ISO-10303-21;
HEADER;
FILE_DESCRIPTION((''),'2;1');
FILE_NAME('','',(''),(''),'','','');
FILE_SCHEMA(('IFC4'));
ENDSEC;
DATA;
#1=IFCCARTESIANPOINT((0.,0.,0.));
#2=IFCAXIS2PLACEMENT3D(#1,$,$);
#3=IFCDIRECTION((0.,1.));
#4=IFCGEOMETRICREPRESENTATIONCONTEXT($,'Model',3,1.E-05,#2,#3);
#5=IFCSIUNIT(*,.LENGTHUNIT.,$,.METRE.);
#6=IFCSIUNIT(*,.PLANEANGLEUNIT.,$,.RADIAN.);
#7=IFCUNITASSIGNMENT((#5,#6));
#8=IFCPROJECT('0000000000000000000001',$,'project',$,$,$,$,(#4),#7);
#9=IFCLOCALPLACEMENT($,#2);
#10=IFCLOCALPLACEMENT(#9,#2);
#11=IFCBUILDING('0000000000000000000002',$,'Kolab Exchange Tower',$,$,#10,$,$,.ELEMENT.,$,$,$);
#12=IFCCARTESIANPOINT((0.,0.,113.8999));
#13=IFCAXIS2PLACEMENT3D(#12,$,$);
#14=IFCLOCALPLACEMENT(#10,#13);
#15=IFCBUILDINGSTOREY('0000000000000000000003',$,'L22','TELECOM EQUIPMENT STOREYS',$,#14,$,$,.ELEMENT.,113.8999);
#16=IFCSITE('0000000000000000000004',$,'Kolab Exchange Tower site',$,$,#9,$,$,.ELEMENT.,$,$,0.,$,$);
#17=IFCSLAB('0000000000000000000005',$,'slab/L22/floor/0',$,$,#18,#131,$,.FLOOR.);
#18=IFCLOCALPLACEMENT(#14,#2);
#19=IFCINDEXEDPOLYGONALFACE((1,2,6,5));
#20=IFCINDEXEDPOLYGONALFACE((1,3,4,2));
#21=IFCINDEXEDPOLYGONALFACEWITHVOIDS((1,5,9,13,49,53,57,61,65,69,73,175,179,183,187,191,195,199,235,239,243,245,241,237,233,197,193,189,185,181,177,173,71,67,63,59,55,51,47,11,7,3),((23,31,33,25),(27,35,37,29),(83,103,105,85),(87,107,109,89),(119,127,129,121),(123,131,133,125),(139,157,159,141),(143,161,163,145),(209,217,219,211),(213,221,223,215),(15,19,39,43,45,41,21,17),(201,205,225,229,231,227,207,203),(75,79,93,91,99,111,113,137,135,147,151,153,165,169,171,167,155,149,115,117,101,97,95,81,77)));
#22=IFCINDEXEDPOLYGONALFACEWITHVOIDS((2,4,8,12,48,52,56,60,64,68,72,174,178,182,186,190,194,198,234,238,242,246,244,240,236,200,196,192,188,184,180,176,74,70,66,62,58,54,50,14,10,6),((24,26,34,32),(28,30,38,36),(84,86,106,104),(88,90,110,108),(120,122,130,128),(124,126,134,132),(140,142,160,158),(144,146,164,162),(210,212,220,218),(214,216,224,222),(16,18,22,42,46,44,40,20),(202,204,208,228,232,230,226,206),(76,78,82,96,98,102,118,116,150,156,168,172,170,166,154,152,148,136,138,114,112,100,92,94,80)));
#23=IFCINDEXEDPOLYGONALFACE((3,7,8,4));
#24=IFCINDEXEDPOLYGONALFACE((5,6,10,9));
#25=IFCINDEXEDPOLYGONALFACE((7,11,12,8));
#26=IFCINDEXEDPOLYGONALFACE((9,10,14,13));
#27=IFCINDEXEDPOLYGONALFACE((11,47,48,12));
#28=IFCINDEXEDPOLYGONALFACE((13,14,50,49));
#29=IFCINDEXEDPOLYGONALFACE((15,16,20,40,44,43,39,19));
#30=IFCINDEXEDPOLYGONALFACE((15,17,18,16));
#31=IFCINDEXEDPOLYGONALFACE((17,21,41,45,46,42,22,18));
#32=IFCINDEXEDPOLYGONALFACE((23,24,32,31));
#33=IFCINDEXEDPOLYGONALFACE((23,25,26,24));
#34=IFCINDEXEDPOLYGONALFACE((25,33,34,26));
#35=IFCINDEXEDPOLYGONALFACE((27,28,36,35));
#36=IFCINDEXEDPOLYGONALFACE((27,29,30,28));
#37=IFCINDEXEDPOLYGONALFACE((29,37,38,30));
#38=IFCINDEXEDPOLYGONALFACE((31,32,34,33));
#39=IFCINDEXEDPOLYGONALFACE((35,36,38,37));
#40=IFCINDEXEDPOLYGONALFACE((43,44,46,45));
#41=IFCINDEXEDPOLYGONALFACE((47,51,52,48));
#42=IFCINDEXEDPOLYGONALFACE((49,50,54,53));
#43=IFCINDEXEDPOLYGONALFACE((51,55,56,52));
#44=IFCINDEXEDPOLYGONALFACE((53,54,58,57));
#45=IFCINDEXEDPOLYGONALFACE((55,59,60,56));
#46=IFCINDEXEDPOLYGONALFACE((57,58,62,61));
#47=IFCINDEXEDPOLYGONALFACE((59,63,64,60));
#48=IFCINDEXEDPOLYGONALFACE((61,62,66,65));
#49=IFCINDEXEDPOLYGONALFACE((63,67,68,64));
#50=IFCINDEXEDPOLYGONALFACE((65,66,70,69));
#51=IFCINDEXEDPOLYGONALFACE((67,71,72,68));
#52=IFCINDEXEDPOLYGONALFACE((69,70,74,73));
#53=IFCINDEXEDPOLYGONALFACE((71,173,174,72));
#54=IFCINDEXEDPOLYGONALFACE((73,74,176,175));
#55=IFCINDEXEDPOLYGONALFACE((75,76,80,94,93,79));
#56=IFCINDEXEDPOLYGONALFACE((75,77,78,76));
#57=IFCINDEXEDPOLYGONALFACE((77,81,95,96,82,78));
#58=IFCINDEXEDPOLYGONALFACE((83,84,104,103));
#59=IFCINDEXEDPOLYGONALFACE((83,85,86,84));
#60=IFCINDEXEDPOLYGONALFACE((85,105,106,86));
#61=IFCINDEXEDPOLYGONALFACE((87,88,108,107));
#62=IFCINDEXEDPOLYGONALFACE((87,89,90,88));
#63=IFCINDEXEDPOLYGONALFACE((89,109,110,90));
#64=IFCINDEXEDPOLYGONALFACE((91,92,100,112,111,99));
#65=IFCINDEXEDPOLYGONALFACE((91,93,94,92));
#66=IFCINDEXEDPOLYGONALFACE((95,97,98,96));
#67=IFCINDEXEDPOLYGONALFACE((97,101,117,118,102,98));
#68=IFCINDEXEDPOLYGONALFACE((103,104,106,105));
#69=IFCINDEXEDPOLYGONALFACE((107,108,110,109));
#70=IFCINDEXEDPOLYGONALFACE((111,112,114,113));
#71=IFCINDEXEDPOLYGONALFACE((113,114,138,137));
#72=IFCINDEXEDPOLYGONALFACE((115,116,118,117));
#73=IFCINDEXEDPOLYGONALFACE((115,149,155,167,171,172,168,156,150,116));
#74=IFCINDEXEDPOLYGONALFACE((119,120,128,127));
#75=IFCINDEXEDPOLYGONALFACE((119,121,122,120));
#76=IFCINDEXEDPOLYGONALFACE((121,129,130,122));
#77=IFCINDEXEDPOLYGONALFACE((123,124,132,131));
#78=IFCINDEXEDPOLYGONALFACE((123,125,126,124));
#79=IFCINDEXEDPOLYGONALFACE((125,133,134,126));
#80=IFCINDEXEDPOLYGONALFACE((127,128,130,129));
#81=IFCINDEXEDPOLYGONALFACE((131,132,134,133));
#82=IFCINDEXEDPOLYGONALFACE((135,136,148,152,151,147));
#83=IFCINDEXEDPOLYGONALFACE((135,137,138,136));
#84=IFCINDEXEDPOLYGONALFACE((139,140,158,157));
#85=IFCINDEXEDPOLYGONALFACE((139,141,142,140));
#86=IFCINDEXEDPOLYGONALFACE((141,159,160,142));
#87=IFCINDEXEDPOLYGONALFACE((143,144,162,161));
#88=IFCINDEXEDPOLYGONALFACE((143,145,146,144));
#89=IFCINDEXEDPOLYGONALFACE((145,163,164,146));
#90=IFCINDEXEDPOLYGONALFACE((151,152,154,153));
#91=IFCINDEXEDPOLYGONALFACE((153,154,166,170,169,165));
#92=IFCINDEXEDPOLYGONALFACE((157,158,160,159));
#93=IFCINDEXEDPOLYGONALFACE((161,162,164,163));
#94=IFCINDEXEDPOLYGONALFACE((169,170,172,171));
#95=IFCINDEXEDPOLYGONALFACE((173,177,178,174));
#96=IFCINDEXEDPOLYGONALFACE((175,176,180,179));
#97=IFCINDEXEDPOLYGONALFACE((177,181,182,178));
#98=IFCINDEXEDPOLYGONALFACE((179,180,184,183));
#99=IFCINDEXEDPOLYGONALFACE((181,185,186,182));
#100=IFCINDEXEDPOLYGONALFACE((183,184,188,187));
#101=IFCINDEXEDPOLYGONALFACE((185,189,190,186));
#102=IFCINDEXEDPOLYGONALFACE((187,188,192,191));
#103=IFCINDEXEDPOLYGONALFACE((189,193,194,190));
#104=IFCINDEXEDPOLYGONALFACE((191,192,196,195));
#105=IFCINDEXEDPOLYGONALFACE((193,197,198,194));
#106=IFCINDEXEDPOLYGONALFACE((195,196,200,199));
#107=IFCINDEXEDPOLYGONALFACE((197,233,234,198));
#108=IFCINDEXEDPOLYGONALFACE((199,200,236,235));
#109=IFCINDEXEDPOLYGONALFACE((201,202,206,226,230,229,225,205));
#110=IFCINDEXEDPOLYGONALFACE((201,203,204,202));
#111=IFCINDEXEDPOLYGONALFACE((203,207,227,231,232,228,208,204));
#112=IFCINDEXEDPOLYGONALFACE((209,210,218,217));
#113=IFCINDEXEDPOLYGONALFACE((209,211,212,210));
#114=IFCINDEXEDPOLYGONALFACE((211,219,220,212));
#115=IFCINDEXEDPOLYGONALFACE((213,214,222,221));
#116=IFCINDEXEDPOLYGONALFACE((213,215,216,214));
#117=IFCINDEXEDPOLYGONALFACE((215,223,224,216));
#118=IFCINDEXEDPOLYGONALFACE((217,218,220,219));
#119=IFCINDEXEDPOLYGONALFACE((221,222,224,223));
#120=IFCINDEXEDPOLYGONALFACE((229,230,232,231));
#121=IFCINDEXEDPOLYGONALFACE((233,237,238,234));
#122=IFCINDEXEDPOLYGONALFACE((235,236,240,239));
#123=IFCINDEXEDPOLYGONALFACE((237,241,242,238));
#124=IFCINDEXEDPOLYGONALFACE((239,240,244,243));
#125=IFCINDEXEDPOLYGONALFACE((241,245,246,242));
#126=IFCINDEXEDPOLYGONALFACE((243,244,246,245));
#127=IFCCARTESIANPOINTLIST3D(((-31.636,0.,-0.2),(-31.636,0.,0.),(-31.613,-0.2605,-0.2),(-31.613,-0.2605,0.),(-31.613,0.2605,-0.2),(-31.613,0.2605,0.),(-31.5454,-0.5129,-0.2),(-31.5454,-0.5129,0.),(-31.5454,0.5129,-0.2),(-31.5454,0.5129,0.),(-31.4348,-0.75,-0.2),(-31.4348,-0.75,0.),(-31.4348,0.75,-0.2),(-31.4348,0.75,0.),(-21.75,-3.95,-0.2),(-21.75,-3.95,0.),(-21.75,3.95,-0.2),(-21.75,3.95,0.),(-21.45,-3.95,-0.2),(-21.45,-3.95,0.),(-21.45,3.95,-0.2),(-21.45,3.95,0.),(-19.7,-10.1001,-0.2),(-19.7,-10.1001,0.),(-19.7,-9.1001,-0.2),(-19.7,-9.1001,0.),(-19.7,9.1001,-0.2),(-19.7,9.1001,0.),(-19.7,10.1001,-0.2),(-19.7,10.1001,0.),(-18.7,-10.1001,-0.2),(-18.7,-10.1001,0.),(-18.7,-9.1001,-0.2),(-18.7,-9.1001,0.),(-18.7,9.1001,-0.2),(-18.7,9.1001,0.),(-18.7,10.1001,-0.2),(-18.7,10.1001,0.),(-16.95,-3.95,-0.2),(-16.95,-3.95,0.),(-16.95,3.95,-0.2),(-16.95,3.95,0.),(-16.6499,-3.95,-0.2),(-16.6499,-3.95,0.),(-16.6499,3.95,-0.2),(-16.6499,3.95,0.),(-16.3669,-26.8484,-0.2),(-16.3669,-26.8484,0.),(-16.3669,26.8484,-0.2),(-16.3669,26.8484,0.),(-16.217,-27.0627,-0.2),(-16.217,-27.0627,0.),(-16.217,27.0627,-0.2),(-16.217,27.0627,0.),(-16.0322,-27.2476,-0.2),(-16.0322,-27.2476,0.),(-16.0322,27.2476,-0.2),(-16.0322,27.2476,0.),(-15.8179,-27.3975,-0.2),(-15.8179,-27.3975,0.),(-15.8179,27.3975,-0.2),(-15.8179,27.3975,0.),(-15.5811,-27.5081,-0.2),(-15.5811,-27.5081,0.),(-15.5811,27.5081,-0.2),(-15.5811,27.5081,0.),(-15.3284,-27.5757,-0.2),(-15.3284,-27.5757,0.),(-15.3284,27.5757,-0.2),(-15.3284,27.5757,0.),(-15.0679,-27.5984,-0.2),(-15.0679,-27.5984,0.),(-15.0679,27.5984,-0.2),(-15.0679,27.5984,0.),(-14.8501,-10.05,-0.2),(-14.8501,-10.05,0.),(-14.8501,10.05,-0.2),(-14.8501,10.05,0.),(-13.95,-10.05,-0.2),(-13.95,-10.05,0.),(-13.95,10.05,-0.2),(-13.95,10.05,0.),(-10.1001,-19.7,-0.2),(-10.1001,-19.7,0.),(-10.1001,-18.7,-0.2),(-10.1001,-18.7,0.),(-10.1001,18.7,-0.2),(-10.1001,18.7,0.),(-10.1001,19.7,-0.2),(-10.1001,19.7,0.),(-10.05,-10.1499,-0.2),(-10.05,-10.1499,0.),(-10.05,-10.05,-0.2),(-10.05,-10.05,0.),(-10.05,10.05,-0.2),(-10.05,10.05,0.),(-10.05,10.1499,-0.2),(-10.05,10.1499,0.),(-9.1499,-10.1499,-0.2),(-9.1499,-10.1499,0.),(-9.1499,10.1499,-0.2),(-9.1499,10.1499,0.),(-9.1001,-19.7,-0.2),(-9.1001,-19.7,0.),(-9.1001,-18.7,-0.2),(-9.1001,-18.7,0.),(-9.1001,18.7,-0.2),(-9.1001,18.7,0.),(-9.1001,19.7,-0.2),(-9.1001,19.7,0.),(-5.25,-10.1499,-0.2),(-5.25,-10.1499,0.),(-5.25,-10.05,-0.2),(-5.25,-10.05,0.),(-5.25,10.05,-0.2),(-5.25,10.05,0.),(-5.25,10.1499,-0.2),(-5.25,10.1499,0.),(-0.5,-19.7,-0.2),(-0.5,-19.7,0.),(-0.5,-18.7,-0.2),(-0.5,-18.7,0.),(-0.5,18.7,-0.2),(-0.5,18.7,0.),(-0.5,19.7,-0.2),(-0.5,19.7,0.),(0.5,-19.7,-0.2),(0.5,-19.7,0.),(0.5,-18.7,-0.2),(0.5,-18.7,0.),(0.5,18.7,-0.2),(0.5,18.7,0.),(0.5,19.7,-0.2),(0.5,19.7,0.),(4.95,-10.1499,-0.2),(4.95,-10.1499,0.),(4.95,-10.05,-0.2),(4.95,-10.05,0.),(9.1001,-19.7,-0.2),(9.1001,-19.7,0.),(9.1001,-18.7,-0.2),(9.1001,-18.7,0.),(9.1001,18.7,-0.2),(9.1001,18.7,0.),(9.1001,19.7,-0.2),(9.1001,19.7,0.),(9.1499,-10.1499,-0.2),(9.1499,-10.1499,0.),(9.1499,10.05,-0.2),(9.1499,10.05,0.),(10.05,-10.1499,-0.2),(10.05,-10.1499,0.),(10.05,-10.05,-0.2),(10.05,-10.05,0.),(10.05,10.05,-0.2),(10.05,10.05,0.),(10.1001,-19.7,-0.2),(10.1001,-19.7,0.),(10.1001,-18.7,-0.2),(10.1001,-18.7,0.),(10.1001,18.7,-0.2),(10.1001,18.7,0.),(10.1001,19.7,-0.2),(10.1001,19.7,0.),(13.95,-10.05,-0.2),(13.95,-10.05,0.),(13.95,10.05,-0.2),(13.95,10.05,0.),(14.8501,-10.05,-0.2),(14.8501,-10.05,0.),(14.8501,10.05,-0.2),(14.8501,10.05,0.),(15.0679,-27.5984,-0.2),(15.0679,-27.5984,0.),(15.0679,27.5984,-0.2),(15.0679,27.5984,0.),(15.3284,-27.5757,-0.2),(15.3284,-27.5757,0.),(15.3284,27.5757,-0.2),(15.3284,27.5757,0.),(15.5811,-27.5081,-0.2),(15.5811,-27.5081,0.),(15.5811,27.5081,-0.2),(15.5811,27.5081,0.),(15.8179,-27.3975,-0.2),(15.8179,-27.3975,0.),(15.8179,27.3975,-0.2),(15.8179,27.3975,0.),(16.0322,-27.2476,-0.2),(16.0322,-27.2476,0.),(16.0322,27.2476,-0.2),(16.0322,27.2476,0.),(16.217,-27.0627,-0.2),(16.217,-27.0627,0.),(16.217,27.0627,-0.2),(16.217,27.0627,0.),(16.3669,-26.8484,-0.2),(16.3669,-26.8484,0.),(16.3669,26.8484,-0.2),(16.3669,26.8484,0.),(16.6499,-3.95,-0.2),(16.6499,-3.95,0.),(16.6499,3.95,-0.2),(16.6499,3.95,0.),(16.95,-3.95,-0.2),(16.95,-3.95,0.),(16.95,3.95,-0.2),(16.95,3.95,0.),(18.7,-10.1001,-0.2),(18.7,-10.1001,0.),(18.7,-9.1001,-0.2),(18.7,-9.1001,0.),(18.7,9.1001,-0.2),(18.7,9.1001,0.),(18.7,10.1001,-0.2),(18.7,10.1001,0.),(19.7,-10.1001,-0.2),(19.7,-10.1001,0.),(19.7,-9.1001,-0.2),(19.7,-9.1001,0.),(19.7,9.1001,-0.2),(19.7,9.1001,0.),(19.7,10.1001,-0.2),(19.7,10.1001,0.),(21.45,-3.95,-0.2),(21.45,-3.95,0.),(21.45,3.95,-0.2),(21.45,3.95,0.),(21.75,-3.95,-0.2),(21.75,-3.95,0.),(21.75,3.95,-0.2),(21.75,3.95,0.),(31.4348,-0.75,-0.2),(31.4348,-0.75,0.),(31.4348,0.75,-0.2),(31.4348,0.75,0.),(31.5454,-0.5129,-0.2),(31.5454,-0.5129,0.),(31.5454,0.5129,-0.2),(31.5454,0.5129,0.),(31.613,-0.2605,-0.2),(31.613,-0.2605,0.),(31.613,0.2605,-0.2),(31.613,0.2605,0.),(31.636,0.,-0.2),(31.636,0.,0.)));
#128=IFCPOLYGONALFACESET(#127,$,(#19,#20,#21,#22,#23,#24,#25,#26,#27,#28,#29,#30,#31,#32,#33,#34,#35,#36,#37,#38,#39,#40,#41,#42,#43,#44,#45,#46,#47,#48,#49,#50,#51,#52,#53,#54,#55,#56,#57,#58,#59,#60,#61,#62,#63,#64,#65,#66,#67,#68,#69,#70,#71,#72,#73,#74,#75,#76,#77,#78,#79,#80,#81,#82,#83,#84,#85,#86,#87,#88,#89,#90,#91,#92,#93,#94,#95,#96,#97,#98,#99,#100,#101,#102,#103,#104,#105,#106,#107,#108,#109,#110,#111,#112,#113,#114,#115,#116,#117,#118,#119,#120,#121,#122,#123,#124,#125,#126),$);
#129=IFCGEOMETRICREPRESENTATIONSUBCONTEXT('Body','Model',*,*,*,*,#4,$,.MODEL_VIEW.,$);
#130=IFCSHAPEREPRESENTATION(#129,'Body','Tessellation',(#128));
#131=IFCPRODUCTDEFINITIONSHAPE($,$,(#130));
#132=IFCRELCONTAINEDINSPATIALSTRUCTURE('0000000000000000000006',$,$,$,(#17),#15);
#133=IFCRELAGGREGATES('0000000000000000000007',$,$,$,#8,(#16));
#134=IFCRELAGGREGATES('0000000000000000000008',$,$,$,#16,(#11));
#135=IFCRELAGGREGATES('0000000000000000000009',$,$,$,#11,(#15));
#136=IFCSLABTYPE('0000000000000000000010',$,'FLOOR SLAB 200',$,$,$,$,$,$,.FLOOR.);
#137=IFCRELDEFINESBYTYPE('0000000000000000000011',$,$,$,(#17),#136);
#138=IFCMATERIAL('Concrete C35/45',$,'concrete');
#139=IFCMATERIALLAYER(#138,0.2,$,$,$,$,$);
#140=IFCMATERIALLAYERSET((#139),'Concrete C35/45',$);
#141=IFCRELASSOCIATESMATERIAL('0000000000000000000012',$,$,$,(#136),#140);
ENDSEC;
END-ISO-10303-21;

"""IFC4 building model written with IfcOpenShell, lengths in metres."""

from ifc_helpers import new_model, si_unit, direction, frame, origin, place, context, subcontext, project, spatial, polyline, outline, extrude, material, layer, layer_set, type_object, element, save


model = new_model("IFC4")

# Units and contexts
model_context = context("Model", 3, precision=1e-05, world=origin(), true_north=direction((0.0, 1.0)))
body_context = subcontext(model_context, "Body", "Model", "MODEL_VIEW")
ifc_project = project(units=[si_unit("LENGTHUNIT", "METRE"), si_unit("PLANEANGLEUNIT", "RADIAN")], contexts=[model_context])

# Site, building, storey
site_placement = place(None, origin())
site = spatial("IfcSite", under=ifc_project, at=site_placement, Name="Kolab Exchange Tower site", CompositionType="ELEMENT", RefElevation=0.0)
building_placement = place(site_placement, origin())
building = spatial("IfcBuilding", under=site, at=building_placement, Name="Kolab Exchange Tower", CompositionType="ELEMENT")
storey_placement = place(building_placement, frame((0.0, 0.0, 113.8999)))
storey = spatial("IfcBuildingStorey", under=building, at=storey_placement, Name="L22", Description="TELECOM EQUIPMENT STOREYS", CompositionType="ELEMENT", Elevation=113.8999)

# Slab
ifc_material_1 = material(Name="Concrete C35/45", Category="concrete")
ifc_layer_1 = layer(ifc_material_1, 0.2)
ifc_layer_set_1 = layer_set([ifc_layer_1], Name="Concrete C35/45")
slab_type = type_object("IfcSlabType", Name="FLOOR SLAB 200", PredefinedType="FLOOR", material=ifc_layer_set_1)
slab_1_placement = place(storey_placement, frame((0.0, 0.0, -0.2)))
element("IfcSlab", 1, at=slab_1_placement, inside=storey, type_object=slab_type, Name="slab/L22/floor/0", PredefinedType="FLOOR", context=body_context, shape_type="SweptSolid", body=[
    extrude(outline(polyline([(16.3669, -26.8484), (31.4348, -0.75), (31.5454, -0.5129), (31.613, -0.2605), (31.636, 0.0), (31.613, 0.2605), (31.5454, 0.5129), (31.4348, 0.75), (16.3669, 26.8484), (16.217, 27.0627), (16.0322, 27.2476), (15.8179, 27.3975), (15.5811, 27.5081), (15.3284, 27.5757), (15.0679, 27.5984), (-15.0679, 27.5984), (-15.3284, 27.5757), (-15.5811, 27.5081), (-15.8179, 27.3975), (-16.0322, 27.2476), (-16.217, 27.0627), (-16.3669, 26.8484), (-31.4348, 0.75), (-31.5454, 0.5129), (-31.613, 0.2605), (-31.636, 0.0), (-31.613, -0.2605), (-31.5454, -0.5129), (-31.4348, -0.75), (-16.3669, -26.8484), (-16.217, -27.0627), (-16.0322, -27.2476), (-15.8179, -27.3975), (-15.5811, -27.5081), (-15.3284, -27.5757), (-15.0679, -27.5984), (15.0679, -27.5984), (15.3284, -27.5757), (15.5811, -27.5081), (15.8179, -27.3975), (16.0322, -27.2476), (16.217, -27.0627), (16.3669, -26.8484)]), holes=[polyline([(-13.95, -10.05), (-14.8501, -10.05), (-14.8501, 10.05), (-13.95, 10.05), (-10.05, 10.05), (-10.05, 10.1499), (-9.1499, 10.1499), (-5.25, 10.1499), (-5.25, 10.05), (9.1499, 10.05), (10.05, 10.05), (13.95, 10.05), (14.8501, 10.05), (14.8501, -10.05), (13.95, -10.05), (10.05, -10.05), (10.05, -10.1499), (9.1499, -10.1499), (4.95, -10.1499), (4.95, -10.05), (-5.25, -10.05), (-5.25, -10.1499), (-9.1499, -10.1499), (-10.05, -10.1499), (-10.05, -10.05), (-13.95, -10.05)]), polyline([(-18.7, -9.1001), (-18.7, -10.1001), (-19.7, -10.1001), (-19.7, -9.1001), (-18.7, -9.1001)]), polyline([(-21.45, -3.95), (-21.75, -3.95), (-21.75, 3.95), (-21.45, 3.95), (-16.95, 3.95), (-16.6499, 3.95), (-16.6499, -3.95), (-16.95, -3.95), (-21.45, -3.95)]), polyline([(-18.7, 10.1001), (-18.7, 9.1001), (-19.7, 9.1001), (-19.7, 10.1001), (-18.7, 10.1001)]), polyline([(-9.1001, -18.7), (-9.1001, -19.7), (-10.1001, -19.7), (-10.1001, -18.7), (-9.1001, -18.7)]), polyline([(-9.1001, 19.7), (-9.1001, 18.7), (-10.1001, 18.7), (-10.1001, 19.7), (-9.1001, 19.7)]), polyline([(9.1001, -18.7), (10.1001, -18.7), (10.1001, -19.7), (9.1001, -19.7), (9.1001, -18.7)]), polyline([(-0.5, -18.7), (0.5, -18.7), (0.5, -19.7), (-0.5, -19.7), (-0.5, -18.7)]), polyline([(0.5, 19.7), (0.5, 18.7), (-0.5, 18.7), (-0.5, 19.7), (0.5, 19.7)]), polyline([(10.1001, 19.7), (10.1001, 18.7), (9.1001, 18.7), (9.1001, 19.7), (10.1001, 19.7)]), polyline([(19.7, -9.1001), (19.7, -10.1001), (18.7, -10.1001), (18.7, -9.1001), (19.7, -9.1001)]), polyline([(21.45, 3.95), (21.75, 3.95), (21.75, -3.95), (21.45, -3.95), (16.95, -3.95), (16.6499, -3.95), (16.6499, 3.95), (16.95, 3.95), (21.45, 3.95)]), polyline([(19.7, 10.1001), (19.7, 9.1001), (18.7, 9.1001), (18.7, 10.1001), (19.7, 10.1001)])]), origin(), (0.0, 0.0, 1.0), 0.2),
])

save(model, "model.ifc")
